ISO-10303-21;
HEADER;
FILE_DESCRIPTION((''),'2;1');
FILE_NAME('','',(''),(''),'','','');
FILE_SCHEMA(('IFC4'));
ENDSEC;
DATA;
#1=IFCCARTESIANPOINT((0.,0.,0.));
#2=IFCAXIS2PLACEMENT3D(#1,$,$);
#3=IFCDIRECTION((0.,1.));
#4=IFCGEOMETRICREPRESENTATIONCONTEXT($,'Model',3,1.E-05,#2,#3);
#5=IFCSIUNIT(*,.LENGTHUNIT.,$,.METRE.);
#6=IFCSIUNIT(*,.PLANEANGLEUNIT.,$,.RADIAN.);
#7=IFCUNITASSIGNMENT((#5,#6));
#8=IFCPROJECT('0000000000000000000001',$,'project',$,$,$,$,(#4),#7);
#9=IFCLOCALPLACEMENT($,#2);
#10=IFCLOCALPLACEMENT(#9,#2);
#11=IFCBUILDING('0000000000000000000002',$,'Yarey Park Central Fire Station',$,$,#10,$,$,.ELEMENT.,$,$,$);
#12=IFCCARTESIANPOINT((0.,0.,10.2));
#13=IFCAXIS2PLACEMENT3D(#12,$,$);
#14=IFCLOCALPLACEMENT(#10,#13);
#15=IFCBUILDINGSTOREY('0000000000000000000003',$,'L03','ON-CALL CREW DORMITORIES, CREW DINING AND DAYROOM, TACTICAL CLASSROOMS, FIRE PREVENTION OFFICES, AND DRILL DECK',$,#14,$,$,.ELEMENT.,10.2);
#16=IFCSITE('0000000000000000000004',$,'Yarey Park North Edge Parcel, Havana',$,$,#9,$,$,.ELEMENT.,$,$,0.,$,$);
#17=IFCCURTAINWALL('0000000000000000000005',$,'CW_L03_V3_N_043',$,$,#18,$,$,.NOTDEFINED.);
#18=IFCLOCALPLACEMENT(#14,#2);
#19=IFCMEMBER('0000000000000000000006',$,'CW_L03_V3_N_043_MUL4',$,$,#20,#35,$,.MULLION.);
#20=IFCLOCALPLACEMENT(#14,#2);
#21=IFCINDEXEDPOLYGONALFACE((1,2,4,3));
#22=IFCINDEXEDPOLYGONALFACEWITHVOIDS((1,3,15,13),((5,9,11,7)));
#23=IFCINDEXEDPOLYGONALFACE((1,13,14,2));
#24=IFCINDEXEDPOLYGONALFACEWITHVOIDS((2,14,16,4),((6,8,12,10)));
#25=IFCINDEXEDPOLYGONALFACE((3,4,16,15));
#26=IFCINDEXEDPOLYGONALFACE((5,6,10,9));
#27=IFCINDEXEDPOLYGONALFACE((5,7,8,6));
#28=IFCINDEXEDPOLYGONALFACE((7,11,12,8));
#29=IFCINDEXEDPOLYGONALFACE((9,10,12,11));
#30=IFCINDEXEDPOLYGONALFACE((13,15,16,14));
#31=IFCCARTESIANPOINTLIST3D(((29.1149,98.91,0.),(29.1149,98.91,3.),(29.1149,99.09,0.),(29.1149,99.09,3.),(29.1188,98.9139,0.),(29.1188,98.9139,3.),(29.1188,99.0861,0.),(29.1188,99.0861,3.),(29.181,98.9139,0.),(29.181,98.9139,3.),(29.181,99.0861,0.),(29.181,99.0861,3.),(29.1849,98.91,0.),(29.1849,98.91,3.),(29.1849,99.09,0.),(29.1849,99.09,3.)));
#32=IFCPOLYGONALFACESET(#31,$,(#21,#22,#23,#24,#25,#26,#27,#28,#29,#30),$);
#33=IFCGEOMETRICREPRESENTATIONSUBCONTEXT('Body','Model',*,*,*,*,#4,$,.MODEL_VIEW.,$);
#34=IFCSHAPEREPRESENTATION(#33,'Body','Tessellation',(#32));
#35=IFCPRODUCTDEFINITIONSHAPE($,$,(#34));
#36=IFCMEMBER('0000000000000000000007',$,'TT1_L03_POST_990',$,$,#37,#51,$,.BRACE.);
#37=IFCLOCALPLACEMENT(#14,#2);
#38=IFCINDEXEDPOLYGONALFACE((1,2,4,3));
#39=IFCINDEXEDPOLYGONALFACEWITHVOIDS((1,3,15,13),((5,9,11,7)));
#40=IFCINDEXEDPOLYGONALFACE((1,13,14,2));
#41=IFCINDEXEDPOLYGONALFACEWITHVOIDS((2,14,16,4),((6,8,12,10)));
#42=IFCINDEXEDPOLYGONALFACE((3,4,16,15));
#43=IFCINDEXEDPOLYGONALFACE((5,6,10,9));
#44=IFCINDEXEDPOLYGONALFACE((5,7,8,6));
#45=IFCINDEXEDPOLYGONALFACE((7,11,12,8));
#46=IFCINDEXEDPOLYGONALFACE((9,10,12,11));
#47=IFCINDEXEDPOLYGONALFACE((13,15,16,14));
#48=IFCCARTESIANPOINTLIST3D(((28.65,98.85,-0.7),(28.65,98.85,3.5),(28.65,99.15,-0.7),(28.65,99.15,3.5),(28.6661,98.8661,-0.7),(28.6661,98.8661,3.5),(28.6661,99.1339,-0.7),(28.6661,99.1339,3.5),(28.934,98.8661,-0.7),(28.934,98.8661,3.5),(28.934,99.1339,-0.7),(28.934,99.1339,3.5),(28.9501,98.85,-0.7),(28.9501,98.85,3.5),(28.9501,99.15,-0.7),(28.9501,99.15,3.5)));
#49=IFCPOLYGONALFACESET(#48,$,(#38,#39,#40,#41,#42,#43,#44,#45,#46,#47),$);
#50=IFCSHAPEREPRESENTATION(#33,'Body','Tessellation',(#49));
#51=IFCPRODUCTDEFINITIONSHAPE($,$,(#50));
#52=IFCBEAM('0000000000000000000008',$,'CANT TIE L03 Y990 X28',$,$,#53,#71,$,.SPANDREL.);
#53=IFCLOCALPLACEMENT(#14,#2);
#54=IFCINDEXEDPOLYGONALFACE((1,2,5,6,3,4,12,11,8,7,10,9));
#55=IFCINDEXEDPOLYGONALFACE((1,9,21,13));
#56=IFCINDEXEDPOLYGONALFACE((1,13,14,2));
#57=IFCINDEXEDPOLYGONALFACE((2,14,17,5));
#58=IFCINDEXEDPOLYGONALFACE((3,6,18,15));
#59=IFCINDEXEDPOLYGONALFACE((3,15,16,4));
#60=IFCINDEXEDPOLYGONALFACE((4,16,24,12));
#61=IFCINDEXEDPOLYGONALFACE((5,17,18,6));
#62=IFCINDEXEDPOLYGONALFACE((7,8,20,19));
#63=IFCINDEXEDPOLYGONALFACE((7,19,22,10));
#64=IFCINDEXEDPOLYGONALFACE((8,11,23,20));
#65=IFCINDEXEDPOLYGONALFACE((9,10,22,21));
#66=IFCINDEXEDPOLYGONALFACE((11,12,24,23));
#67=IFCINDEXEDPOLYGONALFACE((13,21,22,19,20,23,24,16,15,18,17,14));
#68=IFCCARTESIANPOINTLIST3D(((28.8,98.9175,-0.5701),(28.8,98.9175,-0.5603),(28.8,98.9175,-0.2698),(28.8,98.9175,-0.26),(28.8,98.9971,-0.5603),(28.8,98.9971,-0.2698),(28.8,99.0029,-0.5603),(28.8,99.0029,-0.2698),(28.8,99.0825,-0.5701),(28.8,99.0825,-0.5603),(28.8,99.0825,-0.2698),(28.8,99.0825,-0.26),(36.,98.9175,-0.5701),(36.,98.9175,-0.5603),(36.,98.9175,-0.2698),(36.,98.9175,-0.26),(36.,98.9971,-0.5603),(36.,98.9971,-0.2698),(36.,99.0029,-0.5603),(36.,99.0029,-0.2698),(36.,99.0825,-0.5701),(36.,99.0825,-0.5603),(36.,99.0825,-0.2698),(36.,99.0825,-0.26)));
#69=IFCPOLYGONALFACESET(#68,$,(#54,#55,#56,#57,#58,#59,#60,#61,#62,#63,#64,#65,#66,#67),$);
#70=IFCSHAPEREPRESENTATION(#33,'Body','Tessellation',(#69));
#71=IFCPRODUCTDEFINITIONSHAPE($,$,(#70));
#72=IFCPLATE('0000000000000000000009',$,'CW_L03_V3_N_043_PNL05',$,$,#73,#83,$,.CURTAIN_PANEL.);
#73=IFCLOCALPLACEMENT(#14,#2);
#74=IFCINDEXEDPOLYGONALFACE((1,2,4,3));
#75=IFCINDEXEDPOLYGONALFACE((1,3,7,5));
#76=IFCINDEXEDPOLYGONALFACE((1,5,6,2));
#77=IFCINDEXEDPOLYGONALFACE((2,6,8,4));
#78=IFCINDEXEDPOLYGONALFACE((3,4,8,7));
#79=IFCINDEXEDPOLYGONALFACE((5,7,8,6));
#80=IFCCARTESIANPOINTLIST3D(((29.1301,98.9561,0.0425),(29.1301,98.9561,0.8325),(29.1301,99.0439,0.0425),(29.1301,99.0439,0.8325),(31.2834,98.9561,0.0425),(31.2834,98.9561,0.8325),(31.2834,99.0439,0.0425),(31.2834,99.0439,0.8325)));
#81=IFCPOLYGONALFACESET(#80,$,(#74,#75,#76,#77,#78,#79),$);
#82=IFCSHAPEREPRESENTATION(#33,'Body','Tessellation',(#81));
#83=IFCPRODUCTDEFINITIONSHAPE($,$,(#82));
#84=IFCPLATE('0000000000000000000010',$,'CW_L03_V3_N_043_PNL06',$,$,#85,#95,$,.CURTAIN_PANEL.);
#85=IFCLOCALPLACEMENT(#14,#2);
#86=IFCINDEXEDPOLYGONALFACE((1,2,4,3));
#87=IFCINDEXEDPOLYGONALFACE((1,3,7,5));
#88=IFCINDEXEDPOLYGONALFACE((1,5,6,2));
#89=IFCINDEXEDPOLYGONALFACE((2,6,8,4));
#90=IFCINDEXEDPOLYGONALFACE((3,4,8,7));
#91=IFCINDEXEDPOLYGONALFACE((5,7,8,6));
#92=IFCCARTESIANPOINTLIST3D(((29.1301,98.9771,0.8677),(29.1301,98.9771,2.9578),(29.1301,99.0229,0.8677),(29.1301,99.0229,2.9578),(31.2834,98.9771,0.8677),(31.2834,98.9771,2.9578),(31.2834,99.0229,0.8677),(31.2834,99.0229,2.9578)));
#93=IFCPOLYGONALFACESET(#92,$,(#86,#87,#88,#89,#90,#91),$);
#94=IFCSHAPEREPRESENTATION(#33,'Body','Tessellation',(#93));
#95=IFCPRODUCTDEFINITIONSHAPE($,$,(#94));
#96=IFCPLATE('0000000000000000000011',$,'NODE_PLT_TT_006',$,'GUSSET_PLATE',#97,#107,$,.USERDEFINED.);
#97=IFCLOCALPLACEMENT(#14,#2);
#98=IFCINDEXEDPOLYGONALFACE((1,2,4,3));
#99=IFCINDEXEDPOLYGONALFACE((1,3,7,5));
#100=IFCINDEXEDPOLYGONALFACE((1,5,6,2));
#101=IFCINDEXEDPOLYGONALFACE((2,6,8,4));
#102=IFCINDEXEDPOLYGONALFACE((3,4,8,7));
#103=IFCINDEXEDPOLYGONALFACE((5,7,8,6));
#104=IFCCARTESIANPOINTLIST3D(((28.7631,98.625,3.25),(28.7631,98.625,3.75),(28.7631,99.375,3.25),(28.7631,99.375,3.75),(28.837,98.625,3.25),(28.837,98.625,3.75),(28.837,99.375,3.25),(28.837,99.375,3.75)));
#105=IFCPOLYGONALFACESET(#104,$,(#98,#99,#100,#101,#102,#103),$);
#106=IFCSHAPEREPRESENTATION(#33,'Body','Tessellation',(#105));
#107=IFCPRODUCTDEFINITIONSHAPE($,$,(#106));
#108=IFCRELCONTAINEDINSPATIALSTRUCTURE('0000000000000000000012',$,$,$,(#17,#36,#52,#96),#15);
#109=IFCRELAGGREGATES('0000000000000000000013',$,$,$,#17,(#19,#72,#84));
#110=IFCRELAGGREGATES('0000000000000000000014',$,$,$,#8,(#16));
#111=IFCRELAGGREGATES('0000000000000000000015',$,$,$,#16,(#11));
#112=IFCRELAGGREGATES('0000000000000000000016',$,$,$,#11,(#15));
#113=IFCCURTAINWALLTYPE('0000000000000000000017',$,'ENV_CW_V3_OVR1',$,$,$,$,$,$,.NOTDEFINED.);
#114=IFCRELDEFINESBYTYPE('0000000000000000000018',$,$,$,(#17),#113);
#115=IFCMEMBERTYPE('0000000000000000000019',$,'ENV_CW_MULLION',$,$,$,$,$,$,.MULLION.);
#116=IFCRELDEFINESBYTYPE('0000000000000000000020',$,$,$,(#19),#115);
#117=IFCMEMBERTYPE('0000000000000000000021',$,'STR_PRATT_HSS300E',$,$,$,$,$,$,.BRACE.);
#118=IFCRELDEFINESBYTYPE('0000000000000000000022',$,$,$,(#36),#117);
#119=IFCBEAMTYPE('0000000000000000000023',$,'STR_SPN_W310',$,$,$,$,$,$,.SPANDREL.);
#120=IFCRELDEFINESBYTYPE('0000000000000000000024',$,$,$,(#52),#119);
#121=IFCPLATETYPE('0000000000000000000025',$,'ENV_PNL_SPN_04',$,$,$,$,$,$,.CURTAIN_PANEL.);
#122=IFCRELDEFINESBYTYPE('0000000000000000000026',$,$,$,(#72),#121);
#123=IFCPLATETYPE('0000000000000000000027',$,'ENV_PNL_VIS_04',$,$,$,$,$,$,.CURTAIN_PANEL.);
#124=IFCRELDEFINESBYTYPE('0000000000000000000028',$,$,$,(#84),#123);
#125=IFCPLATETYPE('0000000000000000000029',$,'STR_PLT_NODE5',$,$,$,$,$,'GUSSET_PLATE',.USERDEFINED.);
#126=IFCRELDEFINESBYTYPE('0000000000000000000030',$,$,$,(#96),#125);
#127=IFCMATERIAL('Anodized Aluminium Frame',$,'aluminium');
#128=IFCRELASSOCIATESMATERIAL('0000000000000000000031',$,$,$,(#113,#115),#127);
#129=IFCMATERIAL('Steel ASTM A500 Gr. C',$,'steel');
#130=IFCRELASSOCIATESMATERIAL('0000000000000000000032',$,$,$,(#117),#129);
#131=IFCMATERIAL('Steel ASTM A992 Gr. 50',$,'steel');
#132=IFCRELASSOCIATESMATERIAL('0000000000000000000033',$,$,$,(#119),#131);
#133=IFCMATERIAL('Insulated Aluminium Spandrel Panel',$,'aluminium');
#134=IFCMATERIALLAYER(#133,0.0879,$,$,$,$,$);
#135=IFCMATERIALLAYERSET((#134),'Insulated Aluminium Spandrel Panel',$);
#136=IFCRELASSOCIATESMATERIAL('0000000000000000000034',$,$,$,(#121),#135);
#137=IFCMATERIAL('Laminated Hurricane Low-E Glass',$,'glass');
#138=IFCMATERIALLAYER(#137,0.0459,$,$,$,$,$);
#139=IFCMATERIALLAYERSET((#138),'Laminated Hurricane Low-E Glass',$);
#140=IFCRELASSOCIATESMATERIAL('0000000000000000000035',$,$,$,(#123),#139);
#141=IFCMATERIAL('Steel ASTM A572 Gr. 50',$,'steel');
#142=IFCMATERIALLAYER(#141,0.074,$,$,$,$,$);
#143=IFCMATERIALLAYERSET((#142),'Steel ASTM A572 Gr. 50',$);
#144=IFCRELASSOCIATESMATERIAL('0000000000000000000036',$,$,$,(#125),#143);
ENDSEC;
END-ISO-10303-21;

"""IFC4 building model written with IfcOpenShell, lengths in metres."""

from ifc_helpers import new_model, si_unit, direction, frame, origin, origin_2d, place, context, subcontext, project, spatial, rectangle, hollow_rectangle, i_section, extrude, material, layer, layer_set, material_profile, profile_set, type_object, element, aggregate, save


model = new_model("IFC4")

# Units and contexts
model_context = context("Model", 3, precision=1e-05, world=origin(), true_north=direction((0.0, 1.0)))
body_context = subcontext(model_context, "Body", "Model", "MODEL_VIEW")
ifc_project = project(units=[si_unit("LENGTHUNIT", "METRE"), si_unit("PLANEANGLEUNIT", "RADIAN")], contexts=[model_context])

# Site, building, storey
site_placement = place(None, origin())
site = spatial("IfcSite", under=ifc_project, at=site_placement, Name="Yarey Park North Edge Parcel, Havana", CompositionType="ELEMENT", RefElevation=0.0)
building_placement = place(site_placement, origin())
building = spatial("IfcBuilding", under=site, at=building_placement, Name="Yarey Park Central Fire Station", CompositionType="ELEMENT")
storey_placement = place(building_placement, frame((0.0, 0.0, 10.2)))
storey = spatial("IfcBuildingStorey", under=building, at=storey_placement, Name="L03", Description="ON-CALL CREW DORMITORIES, CREW DINING AND DAYROOM, TACTICAL CLASSROOMS, FIRE PREVENTION OFFICES, AND DRILL DECK", CompositionType="ELEMENT", Elevation=10.2)

# Curtain wall, member
ifc_material_1 = material(Name="Anodized Aluminium Frame", Category="aluminium")
curtain_wall_type = type_object("IfcCurtainWallType", Name="ENV_CW_V3_OVR1", PredefinedType="NOTDEFINED", material=ifc_material_1)
curtain_wall_placement = place(storey_placement, origin())
curtain_wall = element("IfcCurtainWall", 1, at=curtain_wall_placement, inside=storey, type_object=curtain_wall_type, Name="CW_L03_V3_N_043", PredefinedType="NOTDEFINED")
ifc_material_profile_1 = material_profile(ifc_material_1, hollow_rectangle(XDim=0.0701, YDim=0.1799, WallThickness=0.0039, at=origin_2d()), Name="ALU 180x70x4")
ifc_profile_set_1 = profile_set([ifc_material_profile_1], Name="Anodized Aluminium Frame")
member_type_1 = type_object("IfcMemberType", Name="ENV_CW_MULLION", PredefinedType="MULLION", material=ifc_profile_set_1)
member_1_placement = place(storey_placement, frame((29.1499, 99.0, 0.0), z_axis=(0.0, 0.0, 1.0), x_axis=(1.0, 0.0, 0.0)))
member_1 = element("IfcMember", 2, at=member_1_placement, type_object=member_type_1, Name="CW_L03_V3_N_043_MUL4", PredefinedType="MULLION", context=body_context, shape_type="SweptSolid", body=[
    extrude(hollow_rectangle(XDim=0.0701, YDim=0.1799, WallThickness=0.0039, at=origin_2d()), origin(), (0.0, 0.0, 1.0), 3.0),
])

# Member
ifc_material_2 = material(Name="Steel ASTM A500 Gr. C", Category="steel")
ifc_material_profile_2 = material_profile(ifc_material_2, hollow_rectangle(XDim=0.3, YDim=0.3, WallThickness=0.0161, at=origin_2d()), Name="HSS 300x300x16")
ifc_profile_set_2 = profile_set([ifc_material_profile_2], Name="Steel ASTM A500 Gr. C")
member_type_2 = type_object("IfcMemberType", Name="STR_PRATT_HSS300E", PredefinedType="BRACE", material=ifc_profile_set_2)
member_2_placement = place(storey_placement, frame((28.8, 99.0, -0.7), z_axis=(0.0, 0.0, 1.0), x_axis=(1.0, 0.0, 0.0)))
element("IfcMember", 3, at=member_2_placement, inside=storey, type_object=member_type_2, Name="TT1_L03_POST_990", PredefinedType="BRACE", context=body_context, shape_type="SweptSolid", body=[
    extrude(hollow_rectangle(XDim=0.3, YDim=0.3, WallThickness=0.0161, at=origin_2d()), origin(), (0.0, 0.0, 1.0), 4.2),
])

# Beam
ifc_material_3 = material(Name="Steel ASTM A992 Gr. 50", Category="steel")
ifc_material_profile_3 = material_profile(ifc_material_3, i_section(OverallWidth=0.165, OverallDepth=0.3101, WebThickness=0.0059, FlangeThickness=0.0098, at=origin_2d()), Name="W310x39")
ifc_profile_set_3 = profile_set([ifc_material_profile_3], Name="Steel ASTM A992 Gr. 50")
beam_type = type_object("IfcBeamType", Name="STR_SPN_W310", PredefinedType="SPANDREL", material=ifc_profile_set_3)
beam_placement = place(storey_placement, frame((28.8, 99.0, -0.415), z_axis=(1.0, 0.0, 0.0), x_axis=(0.0, 1.0, 0.0)))
element("IfcBeam", 4, at=beam_placement, inside=storey, type_object=beam_type, Name="CANT TIE L03 Y990 X28", PredefinedType="SPANDREL", context=body_context, shape_type="SweptSolid", body=[
    extrude(i_section(OverallWidth=0.165, OverallDepth=0.3101, WebThickness=0.0059, FlangeThickness=0.0098, at=origin_2d()), origin(), (0.0, 0.0, 1.0), 7.2),
])

# Plates
ifc_material_4 = material(Name="Insulated Aluminium Spandrel Panel", Category="aluminium")
ifc_layer_1 = layer(ifc_material_4, 0.0879)
ifc_layer_set_1 = layer_set([ifc_layer_1], Name="Insulated Aluminium Spandrel Panel")
plate_type_1 = type_object("IfcPlateType", Name="ENV_PNL_SPN_04", PredefinedType="CURTAIN_PANEL", material=ifc_layer_set_1)
plate_1_placement = place(storey_placement, frame((30.2068, 99.0, 0.0425), z_axis=(0.0, 0.0, 1.0), x_axis=(-1.0, 0.0, 0.0)))
plate_1 = element("IfcPlate", 5, at=plate_1_placement, type_object=plate_type_1, Name="CW_L03_V3_N_043_PNL05", PredefinedType="CURTAIN_PANEL", context=body_context, shape_type="SweptSolid", body=[
    extrude(rectangle(XDim=2.1533, YDim=0.0879, at=origin_2d()), origin(), (0.0, 0.0, 1.0), 0.79),
])
ifc_material_5 = material(Name="Laminated Hurricane Low-E Glass", Category="glass")
ifc_layer_2 = layer(ifc_material_5, 0.0459)
ifc_layer_set_2 = layer_set([ifc_layer_2], Name="Laminated Hurricane Low-E Glass")
plate_type_2 = type_object("IfcPlateType", Name="ENV_PNL_VIS_04", PredefinedType="CURTAIN_PANEL", material=ifc_layer_set_2)
plate_2_placement = place(storey_placement, frame((30.2068, 99.0, 0.8677), z_axis=(0.0, 0.0, 1.0), x_axis=(-1.0, 0.0, 0.0)))
plate_2 = element("IfcPlate", 6, at=plate_2_placement, type_object=plate_type_2, Name="CW_L03_V3_N_043_PNL06", PredefinedType="CURTAIN_PANEL", context=body_context, shape_type="SweptSolid", body=[
    extrude(rectangle(XDim=2.1533, YDim=0.0459, at=origin_2d()), origin(), (0.0, 0.0, 1.0), 2.0901),
])
aggregate(curtain_wall, [member_1, plate_1, plate_2])
ifc_material_6 = material(Name="Steel ASTM A572 Gr. 50", Category="steel")
ifc_layer_3 = layer(ifc_material_6, 0.074)
ifc_layer_set_3 = layer_set([ifc_layer_3], Name="Steel ASTM A572 Gr. 50")
plate_type_3 = type_object("IfcPlateType", Name="STR_PLT_NODE5", ElementType="GUSSET_PLATE", PredefinedType="USERDEFINED", material=ifc_layer_set_3)
plate_3_placement = place(storey_placement, frame((28.8, 99.0, 3.25), z_axis=(0.0, 0.0, 1.0), x_axis=(1.0, 0.0, 0.0)))
element("IfcPlate", 7, at=plate_3_placement, inside=storey, type_object=plate_type_3, Name="NODE_PLT_TT_006", ObjectType="GUSSET_PLATE", PredefinedType="USERDEFINED", context=body_context, shape_type="SweptSolid", body=[
    extrude(rectangle(XDim=0.074, YDim=0.75, at=origin_2d()), origin(), (0.0, 0.0, 1.0), 0.5),
])

save(model, "model.ifc")
